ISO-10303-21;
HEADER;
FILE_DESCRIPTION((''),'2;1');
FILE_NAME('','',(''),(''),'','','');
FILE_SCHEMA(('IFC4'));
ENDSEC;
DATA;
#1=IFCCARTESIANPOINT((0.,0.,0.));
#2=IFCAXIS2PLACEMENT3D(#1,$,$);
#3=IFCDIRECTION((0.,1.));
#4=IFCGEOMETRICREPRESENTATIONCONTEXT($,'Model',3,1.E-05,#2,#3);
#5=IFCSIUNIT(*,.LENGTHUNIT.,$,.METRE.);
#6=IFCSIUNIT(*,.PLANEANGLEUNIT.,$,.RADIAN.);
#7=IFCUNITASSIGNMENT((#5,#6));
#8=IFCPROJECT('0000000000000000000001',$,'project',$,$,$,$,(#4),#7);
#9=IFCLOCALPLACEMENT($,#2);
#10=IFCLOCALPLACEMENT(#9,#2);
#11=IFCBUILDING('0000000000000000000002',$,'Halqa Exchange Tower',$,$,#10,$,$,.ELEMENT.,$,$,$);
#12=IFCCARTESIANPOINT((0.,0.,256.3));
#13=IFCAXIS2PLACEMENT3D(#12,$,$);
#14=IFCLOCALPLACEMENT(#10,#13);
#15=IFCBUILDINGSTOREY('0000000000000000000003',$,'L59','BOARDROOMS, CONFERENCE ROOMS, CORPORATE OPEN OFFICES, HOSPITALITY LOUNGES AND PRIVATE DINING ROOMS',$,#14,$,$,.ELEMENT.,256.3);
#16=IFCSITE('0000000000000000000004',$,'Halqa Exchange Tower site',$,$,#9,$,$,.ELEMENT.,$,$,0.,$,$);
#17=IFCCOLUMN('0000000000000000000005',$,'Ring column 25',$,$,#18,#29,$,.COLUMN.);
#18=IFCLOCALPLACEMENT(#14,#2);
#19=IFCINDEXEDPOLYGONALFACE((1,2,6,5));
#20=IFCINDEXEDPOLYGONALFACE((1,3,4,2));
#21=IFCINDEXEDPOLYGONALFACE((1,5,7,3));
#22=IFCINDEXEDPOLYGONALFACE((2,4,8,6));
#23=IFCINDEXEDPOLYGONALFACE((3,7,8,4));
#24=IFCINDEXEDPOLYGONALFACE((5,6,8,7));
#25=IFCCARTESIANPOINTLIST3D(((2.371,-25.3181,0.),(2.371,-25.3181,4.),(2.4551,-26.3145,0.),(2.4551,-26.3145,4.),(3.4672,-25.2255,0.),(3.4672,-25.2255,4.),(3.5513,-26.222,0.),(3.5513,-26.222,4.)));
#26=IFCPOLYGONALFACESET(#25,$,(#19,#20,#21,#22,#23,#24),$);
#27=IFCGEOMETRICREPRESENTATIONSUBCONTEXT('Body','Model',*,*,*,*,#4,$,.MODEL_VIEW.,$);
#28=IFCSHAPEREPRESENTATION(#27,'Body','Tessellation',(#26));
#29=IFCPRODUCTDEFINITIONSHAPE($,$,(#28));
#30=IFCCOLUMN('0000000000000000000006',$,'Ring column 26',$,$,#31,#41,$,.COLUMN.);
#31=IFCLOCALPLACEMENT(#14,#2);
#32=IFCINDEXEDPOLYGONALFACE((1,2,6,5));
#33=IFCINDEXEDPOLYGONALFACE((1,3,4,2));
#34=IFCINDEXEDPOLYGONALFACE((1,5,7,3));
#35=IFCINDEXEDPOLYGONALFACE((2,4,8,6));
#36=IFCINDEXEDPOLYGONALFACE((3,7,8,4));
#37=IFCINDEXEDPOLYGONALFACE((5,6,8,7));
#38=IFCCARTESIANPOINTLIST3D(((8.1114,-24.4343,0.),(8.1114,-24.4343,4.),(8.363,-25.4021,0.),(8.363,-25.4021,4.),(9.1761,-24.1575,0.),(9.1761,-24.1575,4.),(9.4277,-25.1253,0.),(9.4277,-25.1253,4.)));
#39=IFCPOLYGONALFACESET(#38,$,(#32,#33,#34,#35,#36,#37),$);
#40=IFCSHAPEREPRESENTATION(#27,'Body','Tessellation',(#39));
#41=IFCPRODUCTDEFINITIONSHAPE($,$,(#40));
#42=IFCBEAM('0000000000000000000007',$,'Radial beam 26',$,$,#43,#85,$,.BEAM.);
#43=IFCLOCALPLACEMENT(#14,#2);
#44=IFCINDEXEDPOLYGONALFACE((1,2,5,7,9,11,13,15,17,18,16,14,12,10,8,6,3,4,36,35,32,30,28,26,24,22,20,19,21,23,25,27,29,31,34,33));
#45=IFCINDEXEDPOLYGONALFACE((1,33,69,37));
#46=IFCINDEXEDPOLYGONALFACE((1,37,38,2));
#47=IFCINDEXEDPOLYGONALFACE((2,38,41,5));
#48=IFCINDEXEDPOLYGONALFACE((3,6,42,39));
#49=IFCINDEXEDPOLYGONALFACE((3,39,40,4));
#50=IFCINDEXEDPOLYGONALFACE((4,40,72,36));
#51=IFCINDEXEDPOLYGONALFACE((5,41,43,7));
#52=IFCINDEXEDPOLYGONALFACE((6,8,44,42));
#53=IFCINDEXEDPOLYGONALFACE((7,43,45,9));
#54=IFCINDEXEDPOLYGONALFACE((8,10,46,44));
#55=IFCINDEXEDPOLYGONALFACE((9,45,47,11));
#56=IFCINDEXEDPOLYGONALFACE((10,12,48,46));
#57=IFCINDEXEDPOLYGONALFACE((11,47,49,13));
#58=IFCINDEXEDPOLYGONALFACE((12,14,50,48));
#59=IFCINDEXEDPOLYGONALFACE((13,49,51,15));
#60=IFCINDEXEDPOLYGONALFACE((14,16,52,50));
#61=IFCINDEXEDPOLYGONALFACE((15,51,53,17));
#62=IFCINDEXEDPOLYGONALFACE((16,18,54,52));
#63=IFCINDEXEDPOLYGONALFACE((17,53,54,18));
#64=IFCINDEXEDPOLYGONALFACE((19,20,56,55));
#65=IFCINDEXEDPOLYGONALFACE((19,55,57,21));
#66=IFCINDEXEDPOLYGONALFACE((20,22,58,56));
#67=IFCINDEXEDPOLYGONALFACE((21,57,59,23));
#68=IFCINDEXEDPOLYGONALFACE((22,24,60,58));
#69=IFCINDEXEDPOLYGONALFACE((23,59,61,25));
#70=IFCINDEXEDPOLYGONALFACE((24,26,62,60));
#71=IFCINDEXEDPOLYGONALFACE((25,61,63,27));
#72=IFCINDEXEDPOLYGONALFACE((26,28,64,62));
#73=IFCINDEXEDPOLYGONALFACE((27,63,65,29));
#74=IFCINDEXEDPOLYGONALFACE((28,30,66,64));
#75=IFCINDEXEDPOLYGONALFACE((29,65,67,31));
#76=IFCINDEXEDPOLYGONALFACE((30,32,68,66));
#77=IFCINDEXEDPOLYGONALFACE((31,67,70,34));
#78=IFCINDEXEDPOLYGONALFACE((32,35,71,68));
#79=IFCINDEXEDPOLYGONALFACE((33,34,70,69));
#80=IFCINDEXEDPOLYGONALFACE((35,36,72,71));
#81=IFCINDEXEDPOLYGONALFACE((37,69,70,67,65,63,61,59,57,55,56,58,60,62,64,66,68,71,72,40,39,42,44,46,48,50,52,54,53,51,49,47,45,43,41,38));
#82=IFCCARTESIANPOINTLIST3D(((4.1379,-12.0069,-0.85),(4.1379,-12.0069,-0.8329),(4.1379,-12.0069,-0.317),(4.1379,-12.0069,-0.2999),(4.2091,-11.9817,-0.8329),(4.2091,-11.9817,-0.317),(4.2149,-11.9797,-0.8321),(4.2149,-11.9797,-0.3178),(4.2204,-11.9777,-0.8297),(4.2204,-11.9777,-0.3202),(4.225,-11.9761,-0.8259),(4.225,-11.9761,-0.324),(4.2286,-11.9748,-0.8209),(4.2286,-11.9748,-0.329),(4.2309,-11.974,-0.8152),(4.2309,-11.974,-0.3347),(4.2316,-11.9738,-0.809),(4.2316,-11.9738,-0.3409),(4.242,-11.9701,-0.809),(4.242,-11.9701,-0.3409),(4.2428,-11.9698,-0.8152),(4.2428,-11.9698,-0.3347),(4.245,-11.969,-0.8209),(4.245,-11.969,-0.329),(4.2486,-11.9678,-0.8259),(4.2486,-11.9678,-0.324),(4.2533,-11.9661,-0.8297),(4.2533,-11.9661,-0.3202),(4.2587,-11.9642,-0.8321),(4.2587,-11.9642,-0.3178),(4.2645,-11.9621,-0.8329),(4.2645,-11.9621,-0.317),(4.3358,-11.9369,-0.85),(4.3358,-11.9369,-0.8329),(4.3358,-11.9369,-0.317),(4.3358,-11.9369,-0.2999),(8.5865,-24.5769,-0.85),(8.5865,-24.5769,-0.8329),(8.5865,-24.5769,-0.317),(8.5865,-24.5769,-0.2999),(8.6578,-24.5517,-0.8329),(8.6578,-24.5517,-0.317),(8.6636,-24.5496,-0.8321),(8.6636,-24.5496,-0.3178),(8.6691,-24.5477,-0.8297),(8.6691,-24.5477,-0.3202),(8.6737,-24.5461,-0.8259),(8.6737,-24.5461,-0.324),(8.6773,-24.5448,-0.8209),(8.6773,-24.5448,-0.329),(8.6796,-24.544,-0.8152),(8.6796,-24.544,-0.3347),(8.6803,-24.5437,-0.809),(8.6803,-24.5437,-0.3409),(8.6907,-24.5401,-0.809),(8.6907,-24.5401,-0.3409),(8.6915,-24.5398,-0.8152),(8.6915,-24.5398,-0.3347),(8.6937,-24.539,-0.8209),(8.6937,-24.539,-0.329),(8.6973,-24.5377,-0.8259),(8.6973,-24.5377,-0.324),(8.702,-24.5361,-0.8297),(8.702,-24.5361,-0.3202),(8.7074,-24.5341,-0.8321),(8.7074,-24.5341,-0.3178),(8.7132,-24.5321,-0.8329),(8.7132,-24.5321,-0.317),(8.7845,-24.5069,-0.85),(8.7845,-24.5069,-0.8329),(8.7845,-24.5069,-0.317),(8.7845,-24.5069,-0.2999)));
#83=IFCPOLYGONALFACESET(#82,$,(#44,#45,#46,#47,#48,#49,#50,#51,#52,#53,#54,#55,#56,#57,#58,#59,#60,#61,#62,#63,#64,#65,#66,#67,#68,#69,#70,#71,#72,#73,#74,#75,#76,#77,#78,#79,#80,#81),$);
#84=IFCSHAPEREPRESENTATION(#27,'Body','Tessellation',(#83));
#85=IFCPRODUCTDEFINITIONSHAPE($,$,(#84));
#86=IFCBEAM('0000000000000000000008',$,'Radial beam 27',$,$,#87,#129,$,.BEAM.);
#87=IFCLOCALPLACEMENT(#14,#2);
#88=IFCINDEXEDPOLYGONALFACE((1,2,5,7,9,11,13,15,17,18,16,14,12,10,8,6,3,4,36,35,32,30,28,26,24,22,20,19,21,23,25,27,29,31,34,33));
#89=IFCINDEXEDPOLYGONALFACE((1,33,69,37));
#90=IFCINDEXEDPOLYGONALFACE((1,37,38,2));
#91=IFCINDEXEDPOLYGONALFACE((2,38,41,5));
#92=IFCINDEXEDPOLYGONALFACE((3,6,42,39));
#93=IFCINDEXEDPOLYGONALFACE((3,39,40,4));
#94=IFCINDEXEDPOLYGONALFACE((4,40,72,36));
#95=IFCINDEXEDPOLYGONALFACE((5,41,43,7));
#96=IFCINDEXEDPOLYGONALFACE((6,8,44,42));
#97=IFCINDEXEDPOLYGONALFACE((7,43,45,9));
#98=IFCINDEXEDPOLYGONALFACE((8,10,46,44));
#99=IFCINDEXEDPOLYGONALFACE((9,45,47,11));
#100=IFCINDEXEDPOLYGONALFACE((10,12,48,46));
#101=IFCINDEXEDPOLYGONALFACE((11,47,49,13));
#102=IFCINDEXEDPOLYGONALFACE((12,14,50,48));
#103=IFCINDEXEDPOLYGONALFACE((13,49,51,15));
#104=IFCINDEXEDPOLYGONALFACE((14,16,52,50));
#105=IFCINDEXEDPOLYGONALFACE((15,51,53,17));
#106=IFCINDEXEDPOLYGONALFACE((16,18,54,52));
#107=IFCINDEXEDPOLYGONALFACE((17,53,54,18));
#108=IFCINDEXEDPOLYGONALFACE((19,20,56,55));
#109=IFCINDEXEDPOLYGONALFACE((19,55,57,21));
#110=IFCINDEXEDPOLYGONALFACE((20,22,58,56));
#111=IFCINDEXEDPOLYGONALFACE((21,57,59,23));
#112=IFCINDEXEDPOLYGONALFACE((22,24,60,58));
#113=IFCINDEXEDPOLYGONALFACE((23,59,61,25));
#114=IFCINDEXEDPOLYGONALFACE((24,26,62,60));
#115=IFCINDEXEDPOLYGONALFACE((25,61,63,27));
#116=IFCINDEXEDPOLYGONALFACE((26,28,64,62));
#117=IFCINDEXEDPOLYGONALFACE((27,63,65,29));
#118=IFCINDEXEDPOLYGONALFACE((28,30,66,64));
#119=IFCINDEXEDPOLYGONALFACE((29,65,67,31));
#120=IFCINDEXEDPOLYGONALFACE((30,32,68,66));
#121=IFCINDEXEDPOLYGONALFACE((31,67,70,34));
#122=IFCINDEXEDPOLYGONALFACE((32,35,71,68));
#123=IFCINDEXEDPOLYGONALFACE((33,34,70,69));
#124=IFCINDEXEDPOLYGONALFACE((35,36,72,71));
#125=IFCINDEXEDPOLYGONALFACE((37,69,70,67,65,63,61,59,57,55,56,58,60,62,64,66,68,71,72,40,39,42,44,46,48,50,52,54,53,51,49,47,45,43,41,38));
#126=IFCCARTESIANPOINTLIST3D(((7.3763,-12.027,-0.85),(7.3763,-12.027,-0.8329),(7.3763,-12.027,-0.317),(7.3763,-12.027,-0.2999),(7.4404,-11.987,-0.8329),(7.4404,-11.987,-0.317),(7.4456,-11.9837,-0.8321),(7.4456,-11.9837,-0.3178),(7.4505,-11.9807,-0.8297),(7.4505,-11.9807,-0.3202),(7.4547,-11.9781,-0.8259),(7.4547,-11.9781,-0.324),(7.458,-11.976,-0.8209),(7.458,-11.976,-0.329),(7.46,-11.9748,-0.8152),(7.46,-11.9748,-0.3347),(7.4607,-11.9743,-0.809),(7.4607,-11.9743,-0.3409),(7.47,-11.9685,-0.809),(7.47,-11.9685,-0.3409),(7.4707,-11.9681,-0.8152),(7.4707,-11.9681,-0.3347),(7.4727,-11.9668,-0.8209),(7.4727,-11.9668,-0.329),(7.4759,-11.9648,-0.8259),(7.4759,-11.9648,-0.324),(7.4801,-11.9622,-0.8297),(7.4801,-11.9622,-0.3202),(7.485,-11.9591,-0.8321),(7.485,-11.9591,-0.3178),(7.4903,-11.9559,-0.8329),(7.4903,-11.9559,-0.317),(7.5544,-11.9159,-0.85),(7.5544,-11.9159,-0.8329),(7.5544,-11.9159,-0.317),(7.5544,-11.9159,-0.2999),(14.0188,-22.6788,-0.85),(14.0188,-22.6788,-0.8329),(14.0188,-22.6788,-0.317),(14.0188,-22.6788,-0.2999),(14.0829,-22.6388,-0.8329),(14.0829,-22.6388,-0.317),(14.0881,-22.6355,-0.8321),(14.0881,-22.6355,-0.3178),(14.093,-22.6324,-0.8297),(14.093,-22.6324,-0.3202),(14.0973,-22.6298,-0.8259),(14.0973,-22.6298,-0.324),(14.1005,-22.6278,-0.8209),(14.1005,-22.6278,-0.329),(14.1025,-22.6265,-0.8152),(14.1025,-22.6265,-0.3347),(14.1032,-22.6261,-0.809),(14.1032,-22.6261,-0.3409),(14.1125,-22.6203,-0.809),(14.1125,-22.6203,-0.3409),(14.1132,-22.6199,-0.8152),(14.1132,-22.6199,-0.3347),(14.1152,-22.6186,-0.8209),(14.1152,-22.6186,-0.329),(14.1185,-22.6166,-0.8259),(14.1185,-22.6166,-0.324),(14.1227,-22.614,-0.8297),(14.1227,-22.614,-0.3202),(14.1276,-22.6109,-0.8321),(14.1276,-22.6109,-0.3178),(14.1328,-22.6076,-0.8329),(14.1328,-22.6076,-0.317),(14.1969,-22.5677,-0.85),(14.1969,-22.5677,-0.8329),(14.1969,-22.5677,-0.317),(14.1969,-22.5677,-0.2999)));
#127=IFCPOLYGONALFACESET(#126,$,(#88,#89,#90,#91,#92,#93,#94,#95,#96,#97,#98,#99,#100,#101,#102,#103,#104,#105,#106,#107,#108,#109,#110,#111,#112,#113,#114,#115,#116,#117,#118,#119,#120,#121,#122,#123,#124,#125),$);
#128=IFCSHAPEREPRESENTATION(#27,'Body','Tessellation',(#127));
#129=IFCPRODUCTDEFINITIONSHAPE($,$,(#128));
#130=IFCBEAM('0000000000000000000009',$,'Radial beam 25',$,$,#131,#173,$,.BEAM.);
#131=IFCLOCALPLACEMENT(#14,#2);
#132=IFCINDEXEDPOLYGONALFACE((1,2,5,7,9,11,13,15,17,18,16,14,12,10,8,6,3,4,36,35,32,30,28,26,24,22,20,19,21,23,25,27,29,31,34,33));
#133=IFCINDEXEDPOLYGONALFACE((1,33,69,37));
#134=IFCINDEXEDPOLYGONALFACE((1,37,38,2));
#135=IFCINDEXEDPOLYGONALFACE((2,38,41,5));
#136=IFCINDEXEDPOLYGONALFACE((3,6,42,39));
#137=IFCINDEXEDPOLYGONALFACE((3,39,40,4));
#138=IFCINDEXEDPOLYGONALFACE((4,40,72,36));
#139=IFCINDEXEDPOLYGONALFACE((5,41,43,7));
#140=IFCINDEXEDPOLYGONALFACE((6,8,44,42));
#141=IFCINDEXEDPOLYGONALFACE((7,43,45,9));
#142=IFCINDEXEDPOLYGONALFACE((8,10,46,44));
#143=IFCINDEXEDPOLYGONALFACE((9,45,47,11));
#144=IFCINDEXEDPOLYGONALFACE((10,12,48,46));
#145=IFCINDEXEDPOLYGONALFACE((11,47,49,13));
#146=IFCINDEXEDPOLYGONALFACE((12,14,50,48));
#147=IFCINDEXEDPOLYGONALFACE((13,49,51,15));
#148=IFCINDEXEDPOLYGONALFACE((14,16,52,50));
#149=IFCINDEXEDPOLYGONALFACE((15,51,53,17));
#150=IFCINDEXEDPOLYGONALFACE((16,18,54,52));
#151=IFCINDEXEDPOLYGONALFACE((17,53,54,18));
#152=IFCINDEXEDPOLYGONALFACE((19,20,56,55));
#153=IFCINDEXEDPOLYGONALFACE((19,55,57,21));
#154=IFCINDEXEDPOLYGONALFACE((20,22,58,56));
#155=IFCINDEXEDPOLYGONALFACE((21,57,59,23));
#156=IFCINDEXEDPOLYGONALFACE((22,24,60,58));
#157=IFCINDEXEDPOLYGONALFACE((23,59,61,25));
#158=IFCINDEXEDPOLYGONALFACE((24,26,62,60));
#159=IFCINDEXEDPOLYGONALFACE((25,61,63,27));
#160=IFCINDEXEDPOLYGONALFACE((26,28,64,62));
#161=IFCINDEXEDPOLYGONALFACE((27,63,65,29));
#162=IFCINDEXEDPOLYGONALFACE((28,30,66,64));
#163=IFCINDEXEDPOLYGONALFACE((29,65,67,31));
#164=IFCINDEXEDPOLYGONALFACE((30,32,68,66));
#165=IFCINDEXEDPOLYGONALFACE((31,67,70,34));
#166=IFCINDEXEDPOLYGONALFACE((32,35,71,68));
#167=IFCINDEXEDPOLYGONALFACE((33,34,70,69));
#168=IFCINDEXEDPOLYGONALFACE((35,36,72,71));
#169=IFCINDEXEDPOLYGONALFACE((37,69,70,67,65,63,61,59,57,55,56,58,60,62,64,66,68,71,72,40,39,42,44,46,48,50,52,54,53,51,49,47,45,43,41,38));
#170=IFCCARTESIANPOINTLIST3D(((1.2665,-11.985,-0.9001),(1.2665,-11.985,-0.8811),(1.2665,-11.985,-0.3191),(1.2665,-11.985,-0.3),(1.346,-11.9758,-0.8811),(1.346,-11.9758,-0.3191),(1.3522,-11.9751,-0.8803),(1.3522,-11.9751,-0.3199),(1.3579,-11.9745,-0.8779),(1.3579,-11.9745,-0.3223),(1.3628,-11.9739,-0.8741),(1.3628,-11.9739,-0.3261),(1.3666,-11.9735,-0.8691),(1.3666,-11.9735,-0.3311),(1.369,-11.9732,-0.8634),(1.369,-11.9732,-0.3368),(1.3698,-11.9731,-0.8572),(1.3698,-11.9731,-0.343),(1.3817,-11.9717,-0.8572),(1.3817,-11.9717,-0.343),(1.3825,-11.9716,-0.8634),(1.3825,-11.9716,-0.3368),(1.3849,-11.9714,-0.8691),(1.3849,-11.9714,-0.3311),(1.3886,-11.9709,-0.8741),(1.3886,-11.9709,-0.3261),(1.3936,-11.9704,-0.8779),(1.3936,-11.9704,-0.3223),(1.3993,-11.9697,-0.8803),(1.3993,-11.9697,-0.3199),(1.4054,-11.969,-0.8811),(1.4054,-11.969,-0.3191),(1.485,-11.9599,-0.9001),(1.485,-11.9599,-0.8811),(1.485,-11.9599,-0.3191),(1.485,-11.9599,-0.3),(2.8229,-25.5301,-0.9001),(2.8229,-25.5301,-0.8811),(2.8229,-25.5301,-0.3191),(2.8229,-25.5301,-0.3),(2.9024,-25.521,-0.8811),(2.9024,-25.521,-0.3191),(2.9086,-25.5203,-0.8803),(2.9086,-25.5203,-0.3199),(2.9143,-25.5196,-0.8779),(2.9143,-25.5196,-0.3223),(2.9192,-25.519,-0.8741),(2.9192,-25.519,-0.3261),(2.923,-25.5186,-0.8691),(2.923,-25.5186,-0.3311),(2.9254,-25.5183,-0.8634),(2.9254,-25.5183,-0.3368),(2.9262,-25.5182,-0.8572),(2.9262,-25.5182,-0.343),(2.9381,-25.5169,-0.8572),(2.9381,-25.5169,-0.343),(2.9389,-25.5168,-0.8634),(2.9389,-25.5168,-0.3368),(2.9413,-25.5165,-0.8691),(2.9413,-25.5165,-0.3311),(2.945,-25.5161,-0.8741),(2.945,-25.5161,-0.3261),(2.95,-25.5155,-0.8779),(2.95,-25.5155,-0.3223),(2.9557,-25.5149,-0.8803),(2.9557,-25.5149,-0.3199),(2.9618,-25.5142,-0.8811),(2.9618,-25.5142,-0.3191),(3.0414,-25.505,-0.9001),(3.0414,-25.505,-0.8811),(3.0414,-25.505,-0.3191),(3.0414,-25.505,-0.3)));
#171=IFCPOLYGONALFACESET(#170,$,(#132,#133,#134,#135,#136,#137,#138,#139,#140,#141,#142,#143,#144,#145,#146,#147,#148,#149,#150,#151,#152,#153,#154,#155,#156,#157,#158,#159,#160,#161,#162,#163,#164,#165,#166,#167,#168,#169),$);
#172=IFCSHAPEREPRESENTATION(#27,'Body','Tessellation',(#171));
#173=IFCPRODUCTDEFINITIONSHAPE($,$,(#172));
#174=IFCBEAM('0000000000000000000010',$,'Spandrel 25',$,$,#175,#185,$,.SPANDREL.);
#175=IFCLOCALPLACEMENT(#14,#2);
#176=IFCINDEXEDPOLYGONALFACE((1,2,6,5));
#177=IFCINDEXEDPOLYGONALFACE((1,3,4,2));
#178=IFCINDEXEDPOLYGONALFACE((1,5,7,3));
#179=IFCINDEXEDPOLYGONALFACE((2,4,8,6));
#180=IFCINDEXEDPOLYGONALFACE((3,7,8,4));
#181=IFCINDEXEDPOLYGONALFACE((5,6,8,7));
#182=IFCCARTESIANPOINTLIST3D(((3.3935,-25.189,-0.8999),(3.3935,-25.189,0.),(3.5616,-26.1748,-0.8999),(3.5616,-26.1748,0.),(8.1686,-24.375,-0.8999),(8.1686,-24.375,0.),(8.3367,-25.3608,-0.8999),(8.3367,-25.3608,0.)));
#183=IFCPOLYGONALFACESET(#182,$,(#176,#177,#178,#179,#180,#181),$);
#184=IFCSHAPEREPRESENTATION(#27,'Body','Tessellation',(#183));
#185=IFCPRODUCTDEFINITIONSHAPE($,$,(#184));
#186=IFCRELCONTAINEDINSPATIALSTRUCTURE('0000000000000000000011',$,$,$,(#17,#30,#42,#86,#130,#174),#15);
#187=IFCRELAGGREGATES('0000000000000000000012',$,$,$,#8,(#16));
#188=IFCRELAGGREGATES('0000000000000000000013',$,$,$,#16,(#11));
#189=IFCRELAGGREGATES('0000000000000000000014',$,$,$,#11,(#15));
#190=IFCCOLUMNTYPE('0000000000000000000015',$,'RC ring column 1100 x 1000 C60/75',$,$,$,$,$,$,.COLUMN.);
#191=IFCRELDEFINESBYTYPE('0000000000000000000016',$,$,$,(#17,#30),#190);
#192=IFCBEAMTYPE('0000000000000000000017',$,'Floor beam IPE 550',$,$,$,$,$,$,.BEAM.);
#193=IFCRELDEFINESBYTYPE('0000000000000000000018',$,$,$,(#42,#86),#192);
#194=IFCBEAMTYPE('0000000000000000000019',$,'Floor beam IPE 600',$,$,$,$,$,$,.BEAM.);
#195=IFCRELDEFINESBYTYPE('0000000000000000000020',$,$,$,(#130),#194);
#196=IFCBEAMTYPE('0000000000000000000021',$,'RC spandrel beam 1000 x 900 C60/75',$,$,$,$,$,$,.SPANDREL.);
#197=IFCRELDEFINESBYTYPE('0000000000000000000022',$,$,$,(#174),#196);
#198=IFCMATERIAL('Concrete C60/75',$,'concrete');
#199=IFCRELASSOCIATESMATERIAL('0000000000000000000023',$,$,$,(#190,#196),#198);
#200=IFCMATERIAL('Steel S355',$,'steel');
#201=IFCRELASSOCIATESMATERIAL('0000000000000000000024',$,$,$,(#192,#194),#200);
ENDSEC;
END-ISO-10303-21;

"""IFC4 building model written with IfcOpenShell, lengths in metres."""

from ifc_helpers import new_model, si_unit, direction, frame, origin, origin_2d, place, context, subcontext, project, spatial, rectangle, i_section, extrude, material, material_profile, profile_set, type_object, element, save


model = new_model("IFC4")

# Units and contexts
model_context = context("Model", 3, precision=1e-05, world=origin(), true_north=direction((0.0, 1.0)))
body_context = subcontext(model_context, "Body", "Model", "MODEL_VIEW")
ifc_project = project(units=[si_unit("LENGTHUNIT", "METRE"), si_unit("PLANEANGLEUNIT", "RADIAN")], contexts=[model_context])

# Site, building, storey
site_placement = place(None, origin())
site = spatial("IfcSite", under=ifc_project, at=site_placement, Name="Halqa Exchange Tower site", CompositionType="ELEMENT", RefElevation=0.0)
building_placement = place(site_placement, origin())
building = spatial("IfcBuilding", under=site, at=building_placement, Name="Halqa Exchange Tower", CompositionType="ELEMENT")
storey_placement = place(building_placement, frame((0.0, 0.0, 256.3)))
storey = spatial("IfcBuildingStorey", under=building, at=storey_placement, Name="L59", Description="BOARDROOMS, CONFERENCE ROOMS, CORPORATE OPEN OFFICES, HOSPITALITY LOUNGES AND PRIVATE DINING ROOMS", CompositionType="ELEMENT", Elevation=256.3)

# Columns
ifc_material_1 = material(Name="Concrete C60/75", Category="concrete")
ifc_material_profile_1 = material_profile(ifc_material_1, rectangle(XDim=1.1001, YDim=1.0, at=origin_2d()), Name="1100 x 1000")
ifc_profile_set_1 = profile_set([ifc_material_profile_1], Name="Concrete C60/75")
column_type = type_object("IfcColumnType", Name="RC ring column 1100 x 1000 C60/75", PredefinedType="COLUMN", material=ifc_profile_set_1)
for number, where, z_axis, x_axis, name in (
    (1, (2.9612, -25.77, 0.0), (0.0, 0.0, 1.0), (0.996456, 0.08412, 0.0), "Ring column 25"),
    (2, (8.7695, -24.7798, 0.0), (0.0, 0.0, 1.0), (0.96782, 0.251642, 0.0), "Ring column 26"),
):
    element("IfcColumn", number, at=place(storey_placement, frame(where, z_axis=z_axis, x_axis=x_axis)), inside=storey, type_object=column_type, Name=name, PredefinedType="COLUMN", context=body_context, shape_type="SweptSolid", body=[
        extrude(rectangle(XDim=1.1001, YDim=1.0, at=origin_2d()), origin(), (0.0, 0.0, 1.0), 4.0),
    ])

# Beams
ifc_material_2 = material(Name="Steel S355", Category="steel")
ifc_material_profile_2 = material_profile(ifc_material_2, i_section(OverallWidth=0.21, OverallDepth=0.55, WebThickness=0.011, FlangeThickness=0.0171, FilletRadius=0.0239, at=origin_2d()), Name="IPE 550")
ifc_profile_set_2 = profile_set([ifc_material_profile_2], Name="Steel S355")
beam_type_1 = type_object("IfcBeamType", Name="Floor beam IPE 550", PredefinedType="BEAM", material=ifc_profile_set_2)
beam_1_placement = place(storey_placement, frame((4.2368, -11.9719, -0.575), z_axis=(0.333636, -0.942702, 0.0), x_axis=(0.942702, 0.333636, 0.0)))
element("IfcBeam", 3, at=beam_1_placement, inside=storey, type_object=beam_type_1, Name="Radial beam 26", PredefinedType="BEAM", context=body_context, shape_type="SweptSolid", body=[
    extrude(i_section(OverallWidth=0.21, OverallDepth=0.55, WebThickness=0.011, FlangeThickness=0.0171, FilletRadius=0.0239, at=origin_2d()), origin(), (0.0, 0.0, 1.0), 13.334),
])
beam_2_placement = place(storey_placement, frame((7.4653, -11.9714, -0.575), z_axis=(0.529149, -0.848529, 0.0), x_axis=(0.848529, 0.529149, 0.0)))
element("IfcBeam", 4, at=beam_2_placement, inside=storey, type_object=beam_type_1, Name="Radial beam 27", PredefinedType="BEAM", context=body_context, shape_type="SweptSolid", body=[
    extrude(i_section(OverallWidth=0.21, OverallDepth=0.55, WebThickness=0.011, FlangeThickness=0.0171, FilletRadius=0.0239, at=origin_2d()), origin(), (0.0, 0.0, 1.0), 12.5532),
])
ifc_material_profile_3 = material_profile(ifc_material_2, i_section(OverallWidth=0.22, OverallDepth=0.6001, WebThickness=0.012, FlangeThickness=0.019, FilletRadius=0.0239, at=origin_2d()), Name="IPE 600")
ifc_profile_set_3 = profile_set([ifc_material_profile_3], Name="Steel S355")
beam_type_2 = type_object("IfcBeamType", Name="Floor beam IPE 600", PredefinedType="BEAM", material=ifc_profile_set_3)
beam_3_placement = place(storey_placement, frame((1.3757, -11.9724, -0.6001), z_axis=(0.114153, -0.993463, 0.0), x_axis=(0.993463, 0.114153, 0.0)))
element("IfcBeam", 5, at=beam_3_placement, inside=storey, type_object=beam_type_2, Name="Radial beam 25", PredefinedType="BEAM", context=body_context, shape_type="SweptSolid", body=[
    extrude(i_section(OverallWidth=0.22, OverallDepth=0.6001, WebThickness=0.012, FlangeThickness=0.019, FilletRadius=0.0239, at=origin_2d()), origin(), (0.0, 0.0, 1.0), 13.6343),
])
ifc_material_profile_4 = material_profile(ifc_material_1, rectangle(XDim=1.0, YDim=0.8999, at=origin_2d()), Name="1000 x 900")
ifc_profile_set_4 = profile_set([ifc_material_profile_4], Name="Concrete C60/75")
beam_type_3 = type_object("IfcBeamType", Name="RC spandrel beam 1000 x 900 C60/75", PredefinedType="SPANDREL", material=ifc_profile_set_4)
beam_4_placement = place(storey_placement, frame((3.4775, -25.6819, -0.45), z_axis=(0.985781, 0.168035, 0.0), x_axis=(-0.168035, 0.985781, 0.0)))
element("IfcBeam", 6, at=beam_4_placement, inside=storey, type_object=beam_type_3, Name="Spandrel 25", PredefinedType="SPANDREL", context=body_context, shape_type="SweptSolid", body=[
    extrude(rectangle(XDim=1.0, YDim=0.8999, at=origin_2d()), origin(), (0.0, 0.0, 1.0), 4.844),
])

save(model, "model.ifc")
